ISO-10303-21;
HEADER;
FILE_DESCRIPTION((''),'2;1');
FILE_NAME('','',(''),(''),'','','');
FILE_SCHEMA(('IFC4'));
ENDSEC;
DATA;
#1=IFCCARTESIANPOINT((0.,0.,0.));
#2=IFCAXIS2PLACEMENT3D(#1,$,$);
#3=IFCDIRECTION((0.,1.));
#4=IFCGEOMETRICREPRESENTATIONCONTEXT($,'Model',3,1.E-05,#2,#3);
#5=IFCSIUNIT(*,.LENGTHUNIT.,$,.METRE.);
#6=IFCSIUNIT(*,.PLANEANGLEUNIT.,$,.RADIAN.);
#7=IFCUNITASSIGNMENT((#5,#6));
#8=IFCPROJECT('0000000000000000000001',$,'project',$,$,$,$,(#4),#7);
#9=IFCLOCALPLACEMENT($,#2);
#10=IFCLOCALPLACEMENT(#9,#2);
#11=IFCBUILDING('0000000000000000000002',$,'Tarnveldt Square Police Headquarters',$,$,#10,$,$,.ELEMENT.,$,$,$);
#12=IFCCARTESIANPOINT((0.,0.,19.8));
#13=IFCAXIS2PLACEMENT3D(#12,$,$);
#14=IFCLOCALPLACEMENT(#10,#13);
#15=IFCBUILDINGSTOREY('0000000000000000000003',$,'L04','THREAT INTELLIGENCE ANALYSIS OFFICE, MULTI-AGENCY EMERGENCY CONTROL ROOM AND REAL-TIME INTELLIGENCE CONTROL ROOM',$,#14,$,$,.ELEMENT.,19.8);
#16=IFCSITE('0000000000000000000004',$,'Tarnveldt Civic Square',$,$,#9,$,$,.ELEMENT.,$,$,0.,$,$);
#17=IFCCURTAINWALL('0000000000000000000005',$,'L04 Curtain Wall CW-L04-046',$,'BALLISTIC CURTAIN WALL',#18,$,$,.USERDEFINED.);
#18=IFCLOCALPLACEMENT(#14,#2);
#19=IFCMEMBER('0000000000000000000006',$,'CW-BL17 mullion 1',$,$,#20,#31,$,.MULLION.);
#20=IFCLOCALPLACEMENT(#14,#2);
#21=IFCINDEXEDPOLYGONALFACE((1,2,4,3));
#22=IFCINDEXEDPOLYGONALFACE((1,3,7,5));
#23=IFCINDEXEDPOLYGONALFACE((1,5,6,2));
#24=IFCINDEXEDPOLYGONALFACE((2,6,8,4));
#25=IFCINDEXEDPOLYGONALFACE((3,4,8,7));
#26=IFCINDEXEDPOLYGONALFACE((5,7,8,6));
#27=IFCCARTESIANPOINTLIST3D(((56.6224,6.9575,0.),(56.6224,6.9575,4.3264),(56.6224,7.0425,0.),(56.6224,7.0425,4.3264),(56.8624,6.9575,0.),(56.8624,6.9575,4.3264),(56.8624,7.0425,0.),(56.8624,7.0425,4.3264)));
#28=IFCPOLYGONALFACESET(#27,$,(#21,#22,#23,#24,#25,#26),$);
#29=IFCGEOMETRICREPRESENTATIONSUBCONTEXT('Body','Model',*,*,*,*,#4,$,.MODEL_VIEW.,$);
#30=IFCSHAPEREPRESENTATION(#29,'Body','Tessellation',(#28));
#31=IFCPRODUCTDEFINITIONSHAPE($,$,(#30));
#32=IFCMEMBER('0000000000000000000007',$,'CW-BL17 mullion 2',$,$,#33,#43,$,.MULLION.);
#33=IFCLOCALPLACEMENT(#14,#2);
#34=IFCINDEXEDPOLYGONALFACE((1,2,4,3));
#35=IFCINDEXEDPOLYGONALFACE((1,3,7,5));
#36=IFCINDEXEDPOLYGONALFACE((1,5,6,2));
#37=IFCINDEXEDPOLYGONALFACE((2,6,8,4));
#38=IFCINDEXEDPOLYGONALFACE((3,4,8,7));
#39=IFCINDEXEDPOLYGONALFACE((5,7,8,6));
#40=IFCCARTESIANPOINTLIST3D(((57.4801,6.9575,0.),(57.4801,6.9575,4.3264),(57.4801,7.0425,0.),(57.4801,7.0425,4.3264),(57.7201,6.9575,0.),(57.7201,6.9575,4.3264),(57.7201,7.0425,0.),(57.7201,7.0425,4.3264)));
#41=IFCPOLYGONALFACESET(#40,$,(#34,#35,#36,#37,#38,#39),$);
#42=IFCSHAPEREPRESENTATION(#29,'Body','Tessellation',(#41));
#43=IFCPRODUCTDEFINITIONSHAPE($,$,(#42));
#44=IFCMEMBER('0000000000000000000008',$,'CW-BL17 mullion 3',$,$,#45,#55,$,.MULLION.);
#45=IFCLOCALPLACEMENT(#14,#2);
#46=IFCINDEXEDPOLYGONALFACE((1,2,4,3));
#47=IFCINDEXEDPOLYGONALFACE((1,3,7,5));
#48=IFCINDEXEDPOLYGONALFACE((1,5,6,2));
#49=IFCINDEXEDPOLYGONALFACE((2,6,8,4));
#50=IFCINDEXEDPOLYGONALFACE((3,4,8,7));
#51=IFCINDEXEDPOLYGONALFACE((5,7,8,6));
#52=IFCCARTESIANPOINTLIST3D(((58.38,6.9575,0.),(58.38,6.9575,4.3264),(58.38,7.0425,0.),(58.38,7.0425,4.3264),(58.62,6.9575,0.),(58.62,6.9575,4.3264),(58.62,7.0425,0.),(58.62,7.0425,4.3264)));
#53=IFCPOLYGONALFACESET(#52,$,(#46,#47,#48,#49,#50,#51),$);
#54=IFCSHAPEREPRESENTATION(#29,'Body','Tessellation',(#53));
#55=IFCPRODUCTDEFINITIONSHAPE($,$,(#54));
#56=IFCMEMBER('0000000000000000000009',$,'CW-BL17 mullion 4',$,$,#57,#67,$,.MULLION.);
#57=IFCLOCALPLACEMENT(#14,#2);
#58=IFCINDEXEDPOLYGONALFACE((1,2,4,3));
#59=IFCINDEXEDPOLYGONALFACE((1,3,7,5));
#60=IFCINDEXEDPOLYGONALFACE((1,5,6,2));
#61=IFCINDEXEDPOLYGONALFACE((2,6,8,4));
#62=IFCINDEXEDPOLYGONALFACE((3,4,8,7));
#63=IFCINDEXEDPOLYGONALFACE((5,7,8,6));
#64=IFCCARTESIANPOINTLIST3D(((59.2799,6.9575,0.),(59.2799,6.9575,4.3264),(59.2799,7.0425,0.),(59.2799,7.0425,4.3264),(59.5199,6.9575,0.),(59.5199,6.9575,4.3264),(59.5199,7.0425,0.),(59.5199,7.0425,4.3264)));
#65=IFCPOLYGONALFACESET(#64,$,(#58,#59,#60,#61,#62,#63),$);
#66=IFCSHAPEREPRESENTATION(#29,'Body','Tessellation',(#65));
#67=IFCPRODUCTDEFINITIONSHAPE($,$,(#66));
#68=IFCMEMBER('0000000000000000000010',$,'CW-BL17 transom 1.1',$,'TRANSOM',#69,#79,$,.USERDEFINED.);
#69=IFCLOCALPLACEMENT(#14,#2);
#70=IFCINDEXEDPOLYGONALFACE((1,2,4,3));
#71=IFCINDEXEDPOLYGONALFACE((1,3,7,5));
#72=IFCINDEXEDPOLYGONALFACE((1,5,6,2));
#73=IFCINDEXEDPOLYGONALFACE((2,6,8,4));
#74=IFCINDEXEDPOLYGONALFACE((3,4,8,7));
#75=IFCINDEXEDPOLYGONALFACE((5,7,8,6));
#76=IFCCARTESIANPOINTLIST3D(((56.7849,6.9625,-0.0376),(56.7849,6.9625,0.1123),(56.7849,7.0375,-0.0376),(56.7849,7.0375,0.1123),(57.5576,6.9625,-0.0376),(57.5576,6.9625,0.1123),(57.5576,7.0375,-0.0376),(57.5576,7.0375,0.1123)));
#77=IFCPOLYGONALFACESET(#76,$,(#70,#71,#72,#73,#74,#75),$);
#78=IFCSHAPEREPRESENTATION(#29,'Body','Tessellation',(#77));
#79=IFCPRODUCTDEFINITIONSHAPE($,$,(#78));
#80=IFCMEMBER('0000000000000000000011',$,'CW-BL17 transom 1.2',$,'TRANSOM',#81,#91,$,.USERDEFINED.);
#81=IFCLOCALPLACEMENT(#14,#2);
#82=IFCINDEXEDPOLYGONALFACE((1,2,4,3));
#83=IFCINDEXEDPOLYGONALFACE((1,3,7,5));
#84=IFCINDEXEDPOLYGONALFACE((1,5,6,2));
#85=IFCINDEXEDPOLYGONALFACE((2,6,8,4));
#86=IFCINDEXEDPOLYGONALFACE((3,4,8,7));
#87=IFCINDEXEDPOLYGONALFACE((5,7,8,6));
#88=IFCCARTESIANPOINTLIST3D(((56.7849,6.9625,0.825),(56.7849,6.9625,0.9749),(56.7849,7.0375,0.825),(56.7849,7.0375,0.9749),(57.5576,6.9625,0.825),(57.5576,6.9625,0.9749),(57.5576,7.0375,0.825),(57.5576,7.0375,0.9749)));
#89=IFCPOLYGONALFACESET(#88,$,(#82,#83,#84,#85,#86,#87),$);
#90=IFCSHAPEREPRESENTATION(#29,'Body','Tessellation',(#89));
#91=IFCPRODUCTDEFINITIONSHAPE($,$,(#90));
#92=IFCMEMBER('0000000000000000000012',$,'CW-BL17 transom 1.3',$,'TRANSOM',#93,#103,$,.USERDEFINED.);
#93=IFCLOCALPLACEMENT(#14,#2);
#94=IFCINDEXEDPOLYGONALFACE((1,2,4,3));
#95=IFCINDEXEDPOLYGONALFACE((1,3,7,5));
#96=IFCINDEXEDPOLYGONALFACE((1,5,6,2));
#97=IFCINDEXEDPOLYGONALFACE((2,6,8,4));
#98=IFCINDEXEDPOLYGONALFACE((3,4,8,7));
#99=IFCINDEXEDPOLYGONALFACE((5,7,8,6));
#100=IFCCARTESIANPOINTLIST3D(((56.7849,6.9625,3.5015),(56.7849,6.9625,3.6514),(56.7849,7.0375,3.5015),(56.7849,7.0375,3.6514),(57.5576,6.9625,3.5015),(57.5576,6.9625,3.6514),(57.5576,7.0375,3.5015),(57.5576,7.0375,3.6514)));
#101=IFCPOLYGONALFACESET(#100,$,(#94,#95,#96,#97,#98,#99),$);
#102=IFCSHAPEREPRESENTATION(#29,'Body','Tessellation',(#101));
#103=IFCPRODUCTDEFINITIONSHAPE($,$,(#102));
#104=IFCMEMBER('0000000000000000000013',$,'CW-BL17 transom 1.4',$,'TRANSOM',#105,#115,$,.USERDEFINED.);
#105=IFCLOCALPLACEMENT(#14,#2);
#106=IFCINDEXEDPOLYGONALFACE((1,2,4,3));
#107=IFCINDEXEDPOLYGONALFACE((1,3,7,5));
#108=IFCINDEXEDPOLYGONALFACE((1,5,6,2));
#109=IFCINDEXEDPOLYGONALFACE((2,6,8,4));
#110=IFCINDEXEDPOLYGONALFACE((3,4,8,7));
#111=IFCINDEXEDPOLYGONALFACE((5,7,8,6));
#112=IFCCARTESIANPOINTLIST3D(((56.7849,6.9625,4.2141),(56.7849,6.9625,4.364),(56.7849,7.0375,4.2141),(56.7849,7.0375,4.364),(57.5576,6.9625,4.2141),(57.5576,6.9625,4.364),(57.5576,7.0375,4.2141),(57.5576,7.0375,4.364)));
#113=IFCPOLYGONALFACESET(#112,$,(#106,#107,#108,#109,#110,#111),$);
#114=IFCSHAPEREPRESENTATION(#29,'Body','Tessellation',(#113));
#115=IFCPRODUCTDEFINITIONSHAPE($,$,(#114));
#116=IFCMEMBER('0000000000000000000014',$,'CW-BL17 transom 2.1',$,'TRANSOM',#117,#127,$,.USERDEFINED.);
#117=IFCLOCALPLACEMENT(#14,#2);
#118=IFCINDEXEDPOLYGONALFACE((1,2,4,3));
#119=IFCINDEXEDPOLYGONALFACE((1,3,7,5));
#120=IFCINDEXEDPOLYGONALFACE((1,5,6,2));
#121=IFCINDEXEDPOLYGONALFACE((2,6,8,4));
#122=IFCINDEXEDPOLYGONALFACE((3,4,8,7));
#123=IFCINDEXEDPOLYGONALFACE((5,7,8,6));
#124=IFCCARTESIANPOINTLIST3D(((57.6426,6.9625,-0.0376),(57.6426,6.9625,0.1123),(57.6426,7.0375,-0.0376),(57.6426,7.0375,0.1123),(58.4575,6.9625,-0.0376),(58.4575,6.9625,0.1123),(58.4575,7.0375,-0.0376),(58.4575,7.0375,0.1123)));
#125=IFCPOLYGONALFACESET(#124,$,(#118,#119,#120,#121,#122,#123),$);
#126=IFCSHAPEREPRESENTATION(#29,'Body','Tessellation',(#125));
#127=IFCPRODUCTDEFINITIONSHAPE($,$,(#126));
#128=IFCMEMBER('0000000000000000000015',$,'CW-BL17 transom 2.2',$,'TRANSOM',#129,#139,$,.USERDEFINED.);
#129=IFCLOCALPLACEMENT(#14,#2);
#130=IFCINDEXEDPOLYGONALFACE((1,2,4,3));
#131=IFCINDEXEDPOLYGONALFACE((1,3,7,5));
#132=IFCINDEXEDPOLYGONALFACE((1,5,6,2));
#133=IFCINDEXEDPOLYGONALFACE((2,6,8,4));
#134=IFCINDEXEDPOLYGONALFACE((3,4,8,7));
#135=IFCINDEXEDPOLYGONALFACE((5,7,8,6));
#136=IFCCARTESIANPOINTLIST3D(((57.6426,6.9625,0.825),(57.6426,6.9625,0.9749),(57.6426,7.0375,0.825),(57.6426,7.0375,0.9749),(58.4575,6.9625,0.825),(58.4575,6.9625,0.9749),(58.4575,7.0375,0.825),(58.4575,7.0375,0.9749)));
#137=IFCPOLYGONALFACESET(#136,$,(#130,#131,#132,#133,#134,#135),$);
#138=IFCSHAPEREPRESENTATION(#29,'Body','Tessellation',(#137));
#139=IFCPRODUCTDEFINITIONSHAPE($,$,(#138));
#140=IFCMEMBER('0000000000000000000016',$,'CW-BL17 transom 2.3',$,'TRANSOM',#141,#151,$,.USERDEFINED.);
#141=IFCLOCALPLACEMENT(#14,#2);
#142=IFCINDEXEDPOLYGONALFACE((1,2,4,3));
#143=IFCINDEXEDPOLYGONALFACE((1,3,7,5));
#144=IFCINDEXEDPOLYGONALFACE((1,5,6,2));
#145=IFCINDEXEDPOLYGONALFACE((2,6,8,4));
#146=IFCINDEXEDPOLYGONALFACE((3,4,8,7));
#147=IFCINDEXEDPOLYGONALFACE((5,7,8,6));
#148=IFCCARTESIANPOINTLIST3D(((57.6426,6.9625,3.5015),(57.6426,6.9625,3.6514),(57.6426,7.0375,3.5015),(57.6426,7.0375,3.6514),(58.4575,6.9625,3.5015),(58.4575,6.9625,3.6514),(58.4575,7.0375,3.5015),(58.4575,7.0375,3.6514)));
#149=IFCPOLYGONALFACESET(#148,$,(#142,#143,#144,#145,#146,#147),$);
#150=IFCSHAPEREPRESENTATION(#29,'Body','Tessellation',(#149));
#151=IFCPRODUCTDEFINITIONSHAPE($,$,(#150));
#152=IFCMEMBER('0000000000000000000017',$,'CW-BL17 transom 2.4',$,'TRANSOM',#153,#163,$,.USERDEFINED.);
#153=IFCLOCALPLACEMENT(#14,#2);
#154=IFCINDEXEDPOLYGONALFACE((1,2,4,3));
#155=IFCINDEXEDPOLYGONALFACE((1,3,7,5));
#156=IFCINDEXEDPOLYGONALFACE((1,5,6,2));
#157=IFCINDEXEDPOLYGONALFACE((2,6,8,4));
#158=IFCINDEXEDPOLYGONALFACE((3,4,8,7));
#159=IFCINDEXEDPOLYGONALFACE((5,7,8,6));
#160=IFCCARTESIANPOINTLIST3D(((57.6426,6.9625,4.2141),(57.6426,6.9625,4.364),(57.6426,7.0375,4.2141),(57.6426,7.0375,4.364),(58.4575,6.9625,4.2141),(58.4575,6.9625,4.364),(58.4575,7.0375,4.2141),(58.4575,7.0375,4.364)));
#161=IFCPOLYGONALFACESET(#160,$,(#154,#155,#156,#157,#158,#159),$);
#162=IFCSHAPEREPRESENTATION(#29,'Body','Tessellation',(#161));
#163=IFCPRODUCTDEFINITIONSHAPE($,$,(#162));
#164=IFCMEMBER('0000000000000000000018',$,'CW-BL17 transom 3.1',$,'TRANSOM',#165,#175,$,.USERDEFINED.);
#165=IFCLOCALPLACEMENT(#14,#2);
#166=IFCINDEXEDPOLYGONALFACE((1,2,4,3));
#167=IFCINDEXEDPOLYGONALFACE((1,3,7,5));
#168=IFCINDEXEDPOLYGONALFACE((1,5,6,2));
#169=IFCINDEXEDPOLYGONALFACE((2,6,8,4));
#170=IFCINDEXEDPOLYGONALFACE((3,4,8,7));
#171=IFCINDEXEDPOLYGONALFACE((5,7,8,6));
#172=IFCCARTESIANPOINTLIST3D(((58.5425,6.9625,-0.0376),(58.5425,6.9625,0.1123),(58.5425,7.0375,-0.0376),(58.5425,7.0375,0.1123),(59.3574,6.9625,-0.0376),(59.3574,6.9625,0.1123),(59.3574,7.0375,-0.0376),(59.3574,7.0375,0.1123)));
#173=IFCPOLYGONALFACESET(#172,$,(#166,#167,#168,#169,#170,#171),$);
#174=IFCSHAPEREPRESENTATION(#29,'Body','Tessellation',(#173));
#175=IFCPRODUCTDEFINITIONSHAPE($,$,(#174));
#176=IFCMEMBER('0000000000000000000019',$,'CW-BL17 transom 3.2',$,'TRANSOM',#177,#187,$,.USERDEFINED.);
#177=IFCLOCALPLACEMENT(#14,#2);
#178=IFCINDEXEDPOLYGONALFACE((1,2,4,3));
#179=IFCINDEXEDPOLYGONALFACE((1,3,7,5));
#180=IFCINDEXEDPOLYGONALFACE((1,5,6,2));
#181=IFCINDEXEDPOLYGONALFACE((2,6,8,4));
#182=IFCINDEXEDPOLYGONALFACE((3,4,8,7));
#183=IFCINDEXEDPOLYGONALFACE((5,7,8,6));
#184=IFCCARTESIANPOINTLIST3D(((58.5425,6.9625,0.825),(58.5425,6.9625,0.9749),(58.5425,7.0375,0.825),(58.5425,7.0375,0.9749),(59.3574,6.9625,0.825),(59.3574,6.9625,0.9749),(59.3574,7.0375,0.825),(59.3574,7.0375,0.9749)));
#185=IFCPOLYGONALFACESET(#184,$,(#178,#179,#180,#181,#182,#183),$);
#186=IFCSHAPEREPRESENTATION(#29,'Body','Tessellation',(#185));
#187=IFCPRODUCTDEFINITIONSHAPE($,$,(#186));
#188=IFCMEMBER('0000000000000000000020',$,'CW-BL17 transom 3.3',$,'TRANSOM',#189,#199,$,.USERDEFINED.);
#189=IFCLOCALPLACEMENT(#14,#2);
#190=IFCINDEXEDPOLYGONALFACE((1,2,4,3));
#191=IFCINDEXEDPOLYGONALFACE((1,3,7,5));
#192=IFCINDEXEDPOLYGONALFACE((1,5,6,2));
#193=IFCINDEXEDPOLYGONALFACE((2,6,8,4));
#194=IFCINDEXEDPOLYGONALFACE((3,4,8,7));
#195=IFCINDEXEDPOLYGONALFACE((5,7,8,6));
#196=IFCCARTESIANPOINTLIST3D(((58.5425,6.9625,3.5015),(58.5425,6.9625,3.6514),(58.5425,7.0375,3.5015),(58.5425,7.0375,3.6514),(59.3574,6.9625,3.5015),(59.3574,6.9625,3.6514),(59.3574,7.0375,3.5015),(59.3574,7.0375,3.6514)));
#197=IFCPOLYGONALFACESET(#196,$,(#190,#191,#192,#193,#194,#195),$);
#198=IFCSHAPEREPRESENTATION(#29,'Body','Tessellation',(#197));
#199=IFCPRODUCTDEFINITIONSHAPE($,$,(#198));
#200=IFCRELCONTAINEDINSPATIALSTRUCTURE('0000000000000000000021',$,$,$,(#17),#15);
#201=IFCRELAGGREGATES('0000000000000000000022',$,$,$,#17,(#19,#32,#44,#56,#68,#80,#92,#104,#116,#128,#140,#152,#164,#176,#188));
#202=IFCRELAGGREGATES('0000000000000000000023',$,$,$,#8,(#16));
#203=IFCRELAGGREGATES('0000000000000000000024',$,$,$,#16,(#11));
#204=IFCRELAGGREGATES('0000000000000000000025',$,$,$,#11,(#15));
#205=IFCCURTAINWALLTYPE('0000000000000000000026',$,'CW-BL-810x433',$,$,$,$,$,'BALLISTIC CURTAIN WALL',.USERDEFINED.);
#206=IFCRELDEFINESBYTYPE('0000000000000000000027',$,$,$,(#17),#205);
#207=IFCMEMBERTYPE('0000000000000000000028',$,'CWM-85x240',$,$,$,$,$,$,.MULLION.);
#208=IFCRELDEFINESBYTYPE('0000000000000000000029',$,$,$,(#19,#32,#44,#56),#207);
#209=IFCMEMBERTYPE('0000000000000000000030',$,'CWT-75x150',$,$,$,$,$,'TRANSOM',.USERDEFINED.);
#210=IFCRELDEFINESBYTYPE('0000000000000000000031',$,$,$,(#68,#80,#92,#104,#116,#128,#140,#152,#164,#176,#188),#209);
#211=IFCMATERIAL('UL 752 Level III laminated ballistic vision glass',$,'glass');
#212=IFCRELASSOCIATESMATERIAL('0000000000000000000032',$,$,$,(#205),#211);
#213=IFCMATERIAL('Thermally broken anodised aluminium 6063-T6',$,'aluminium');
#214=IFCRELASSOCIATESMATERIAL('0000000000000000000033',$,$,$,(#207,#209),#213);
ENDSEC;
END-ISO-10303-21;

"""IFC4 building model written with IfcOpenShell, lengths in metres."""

from ifc_helpers import new_model, si_unit, direction, frame, origin, origin_2d, place, context, subcontext, project, spatial, rectangle, extrude, material, material_profile, profile_set, type_object, element, aggregate, save


model = new_model("IFC4")

# Units and contexts
model_context = context("Model", 3, precision=1e-05, world=origin(), true_north=direction((0.0, 1.0)))
body_context = subcontext(model_context, "Body", "Model", "MODEL_VIEW")
ifc_project = project(units=[si_unit("LENGTHUNIT", "METRE"), si_unit("PLANEANGLEUNIT", "RADIAN")], contexts=[model_context])

# Site, building, storey
site_placement = place(None, origin())
site = spatial("IfcSite", under=ifc_project, at=site_placement, Name="Tarnveldt Civic Square", CompositionType="ELEMENT", RefElevation=0.0)
building_placement = place(site_placement, origin())
building = spatial("IfcBuilding", under=site, at=building_placement, Name="Tarnveldt Square Police Headquarters", CompositionType="ELEMENT")
storey_placement = place(building_placement, frame((0.0, 0.0, 19.8)))
storey = spatial("IfcBuildingStorey", under=building, at=storey_placement, Name="L04", Description="THREAT INTELLIGENCE ANALYSIS OFFICE, MULTI-AGENCY EMERGENCY CONTROL ROOM AND REAL-TIME INTELLIGENCE CONTROL ROOM", CompositionType="ELEMENT", Elevation=19.8)

# Curtain wall, members
ifc_material_1 = material(Name="UL 752 Level III laminated ballistic vision glass", Category="glass")
curtain_wall_type = type_object("IfcCurtainWallType", Name="CW-BL-810x433", ElementType="BALLISTIC CURTAIN WALL", PredefinedType="USERDEFINED", material=ifc_material_1)
curtain_wall_placement = place(storey_placement, origin())
curtain_wall = element("IfcCurtainWall", 1, at=curtain_wall_placement, inside=storey, type_object=curtain_wall_type, Name="L04 Curtain Wall CW-L04-046", ObjectType="BALLISTIC CURTAIN WALL", PredefinedType="USERDEFINED")
ifc_material_2 = material(Name="Thermally broken anodised aluminium 6063-T6", Category="aluminium")
ifc_material_profile_1 = material_profile(ifc_material_2, rectangle(XDim=0.085, YDim=0.24, at=origin_2d()), Name="CW-M85x240")
ifc_profile_set_1 = profile_set([ifc_material_profile_1], Name="Thermally broken anodised aluminium 6063-T6")
member_type_1 = type_object("IfcMemberType", Name="CWM-85x240", PredefinedType="MULLION", material=ifc_profile_set_1)
member_1_placement = place(storey_placement, frame((56.7424, 7.0, 0.0), z_axis=(0.0, 0.0, 1.0), x_axis=(0.0, 1.0, 0.0)))
member_1 = element("IfcMember", 2, at=member_1_placement, type_object=member_type_1, Name="CW-BL17 mullion 1", PredefinedType="MULLION", context=body_context, shape_type="SweptSolid", body=[
    extrude(rectangle(XDim=0.085, YDim=0.24, at=origin_2d()), origin(), (0.0, 0.0, 1.0), 4.3264),
])
member_2_placement = place(storey_placement, frame((57.6001, 7.0, 0.0), z_axis=(0.0, 0.0, 1.0), x_axis=(0.0, 1.0, 0.0)))
member_2 = element("IfcMember", 3, at=member_2_placement, type_object=member_type_1, Name="CW-BL17 mullion 2", PredefinedType="MULLION", context=body_context, shape_type="SweptSolid", body=[
    extrude(rectangle(XDim=0.085, YDim=0.24, at=origin_2d()), origin(), (0.0, 0.0, 1.0), 4.3264),
])
member_3_placement = place(storey_placement, frame((58.5, 7.0, 0.0), z_axis=(0.0, 0.0, 1.0), x_axis=(0.0, 1.0, 0.0)))
member_3 = element("IfcMember", 4, at=member_3_placement, type_object=member_type_1, Name="CW-BL17 mullion 3", PredefinedType="MULLION", context=body_context, shape_type="SweptSolid", body=[
    extrude(rectangle(XDim=0.085, YDim=0.24, at=origin_2d()), origin(), (0.0, 0.0, 1.0), 4.3264),
])
member_4_placement = place(storey_placement, frame((59.3999, 7.0, 0.0), z_axis=(0.0, 0.0, 1.0), x_axis=(0.0, 1.0, 0.0)))
member_4 = element("IfcMember", 5, at=member_4_placement, type_object=member_type_1, Name="CW-BL17 mullion 4", PredefinedType="MULLION", context=body_context, shape_type="SweptSolid", body=[
    extrude(rectangle(XDim=0.085, YDim=0.24, at=origin_2d()), origin(), (0.0, 0.0, 1.0), 4.3264),
])
ifc_material_profile_2 = material_profile(ifc_material_2, rectangle(XDim=0.075, YDim=0.1499, at=origin_2d()), Name="CW-T75x150")
ifc_profile_set_2 = profile_set([ifc_material_profile_2], Name="Thermally broken anodised aluminium 6063-T6")
member_type_2 = type_object("IfcMemberType", Name="CWT-75x150", ElementType="TRANSOM", PredefinedType="USERDEFINED", material=ifc_profile_set_2)
member_5_placement = place(storey_placement, frame((56.7849, 7.0, 0.0374), z_axis=(1.0, 0.0, 0.0), x_axis=(0.0, 1.0, 0.0)))
member_5 = element("IfcMember", 6, at=member_5_placement, type_object=member_type_2, Name="CW-BL17 transom 1.1", ObjectType="TRANSOM", PredefinedType="USERDEFINED", context=body_context, shape_type="SweptSolid", body=[
    extrude(rectangle(XDim=0.075, YDim=0.1499, at=origin_2d()), origin(), (0.0, 0.0, 1.0), 0.7727),
])
member_6_placement = place(storey_placement, frame((56.7849, 7.0, 0.8999), z_axis=(1.0, 0.0, 0.0), x_axis=(0.0, 1.0, 0.0)))
member_6 = element("IfcMember", 7, at=member_6_placement, type_object=member_type_2, Name="CW-BL17 transom 1.2", ObjectType="TRANSOM", PredefinedType="USERDEFINED", context=body_context, shape_type="SweptSolid", body=[
    extrude(rectangle(XDim=0.075, YDim=0.1499, at=origin_2d()), origin(), (0.0, 0.0, 1.0), 0.7727),
])
member_7_placement = place(storey_placement, frame((56.7849, 7.0, 3.5764), z_axis=(1.0, 0.0, 0.0), x_axis=(0.0, 1.0, 0.0)))
member_7 = element("IfcMember", 8, at=member_7_placement, type_object=member_type_2, Name="CW-BL17 transom 1.3", ObjectType="TRANSOM", PredefinedType="USERDEFINED", context=body_context, shape_type="SweptSolid", body=[
    extrude(rectangle(XDim=0.075, YDim=0.1499, at=origin_2d()), origin(), (0.0, 0.0, 1.0), 0.7727),
])
member_8_placement = place(storey_placement, frame((56.7849, 7.0, 4.2891), z_axis=(1.0, 0.0, 0.0), x_axis=(0.0, 1.0, 0.0)))
member_8 = element("IfcMember", 9, at=member_8_placement, type_object=member_type_2, Name="CW-BL17 transom 1.4", ObjectType="TRANSOM", PredefinedType="USERDEFINED", context=body_context, shape_type="SweptSolid", body=[
    extrude(rectangle(XDim=0.075, YDim=0.1499, at=origin_2d()), origin(), (0.0, 0.0, 1.0), 0.7727),
])
member_9_placement = place(storey_placement, frame((57.6426, 7.0, 0.0374), z_axis=(1.0, 0.0, 0.0), x_axis=(0.0, 1.0, 0.0)))
member_9 = element("IfcMember", 10, at=member_9_placement, type_object=member_type_2, Name="CW-BL17 transom 2.1", ObjectType="TRANSOM", PredefinedType="USERDEFINED", context=body_context, shape_type="SweptSolid", body=[
    extrude(rectangle(XDim=0.075, YDim=0.1499, at=origin_2d()), origin(), (0.0, 0.0, 1.0), 0.8149),
])
member_10_placement = place(storey_placement, frame((57.6426, 7.0, 0.8999), z_axis=(1.0, 0.0, 0.0), x_axis=(0.0, 1.0, 0.0)))
member_10 = element("IfcMember", 11, at=member_10_placement, type_object=member_type_2, Name="CW-BL17 transom 2.2", ObjectType="TRANSOM", PredefinedType="USERDEFINED", context=body_context, shape_type="SweptSolid", body=[
    extrude(rectangle(XDim=0.075, YDim=0.1499, at=origin_2d()), origin(), (0.0, 0.0, 1.0), 0.8149),
])
member_11_placement = place(storey_placement, frame((57.6426, 7.0, 3.5764), z_axis=(1.0, 0.0, 0.0), x_axis=(0.0, 1.0, 0.0)))
member_11 = element("IfcMember", 12, at=member_11_placement, type_object=member_type_2, Name="CW-BL17 transom 2.3", ObjectType="TRANSOM", PredefinedType="USERDEFINED", context=body_context, shape_type="SweptSolid", body=[
    extrude(rectangle(XDim=0.075, YDim=0.1499, at=origin_2d()), origin(), (0.0, 0.0, 1.0), 0.8149),
])
member_12_placement = place(storey_placement, frame((57.6426, 7.0, 4.2891), z_axis=(1.0, 0.0, 0.0), x_axis=(0.0, 1.0, 0.0)))
member_12 = element("IfcMember", 13, at=member_12_placement, type_object=member_type_2, Name="CW-BL17 transom 2.4", ObjectType="TRANSOM", PredefinedType="USERDEFINED", context=body_context, shape_type="SweptSolid", body=[
    extrude(rectangle(XDim=0.075, YDim=0.1499, at=origin_2d()), origin(), (0.0, 0.0, 1.0), 0.8149),
])
member_13_placement = place(storey_placement, frame((58.5425, 7.0, 0.0374), z_axis=(1.0, 0.0, 0.0), x_axis=(0.0, 1.0, 0.0)))
member_13 = element("IfcMember", 14, at=member_13_placement, type_object=member_type_2, Name="CW-BL17 transom 3.1", ObjectType="TRANSOM", PredefinedType="USERDEFINED", context=body_context, shape_type="SweptSolid", body=[
    extrude(rectangle(XDim=0.075, YDim=0.1499, at=origin_2d()), origin(), (0.0, 0.0, 1.0), 0.8149),
])
member_14_placement = place(storey_placement, frame((58.5425, 7.0, 0.8999), z_axis=(1.0, 0.0, 0.0), x_axis=(0.0, 1.0, 0.0)))
member_14 = element("IfcMember", 15, at=member_14_placement, type_object=member_type_2, Name="CW-BL17 transom 3.2", ObjectType="TRANSOM", PredefinedType="USERDEFINED", context=body_context, shape_type="SweptSolid", body=[
    extrude(rectangle(XDim=0.075, YDim=0.1499, at=origin_2d()), origin(), (0.0, 0.0, 1.0), 0.8149),
])
member_15_placement = place(storey_placement, frame((58.5425, 7.0, 3.5764), z_axis=(1.0, 0.0, 0.0), x_axis=(0.0, 1.0, 0.0)))
member_15 = element("IfcMember", 16, at=member_15_placement, type_object=member_type_2, Name="CW-BL17 transom 3.3", ObjectType="TRANSOM", PredefinedType="USERDEFINED", context=body_context, shape_type="SweptSolid", body=[
    extrude(rectangle(XDim=0.075, YDim=0.1499, at=origin_2d()), origin(), (0.0, 0.0, 1.0), 0.8149),
])

aggregate(curtain_wall, [member_1, member_2, member_3, member_4, member_5, member_6, member_7, member_8, member_9, member_10, member_11, member_12, member_13, member_14, member_15])

save(model, "model.ifc")
